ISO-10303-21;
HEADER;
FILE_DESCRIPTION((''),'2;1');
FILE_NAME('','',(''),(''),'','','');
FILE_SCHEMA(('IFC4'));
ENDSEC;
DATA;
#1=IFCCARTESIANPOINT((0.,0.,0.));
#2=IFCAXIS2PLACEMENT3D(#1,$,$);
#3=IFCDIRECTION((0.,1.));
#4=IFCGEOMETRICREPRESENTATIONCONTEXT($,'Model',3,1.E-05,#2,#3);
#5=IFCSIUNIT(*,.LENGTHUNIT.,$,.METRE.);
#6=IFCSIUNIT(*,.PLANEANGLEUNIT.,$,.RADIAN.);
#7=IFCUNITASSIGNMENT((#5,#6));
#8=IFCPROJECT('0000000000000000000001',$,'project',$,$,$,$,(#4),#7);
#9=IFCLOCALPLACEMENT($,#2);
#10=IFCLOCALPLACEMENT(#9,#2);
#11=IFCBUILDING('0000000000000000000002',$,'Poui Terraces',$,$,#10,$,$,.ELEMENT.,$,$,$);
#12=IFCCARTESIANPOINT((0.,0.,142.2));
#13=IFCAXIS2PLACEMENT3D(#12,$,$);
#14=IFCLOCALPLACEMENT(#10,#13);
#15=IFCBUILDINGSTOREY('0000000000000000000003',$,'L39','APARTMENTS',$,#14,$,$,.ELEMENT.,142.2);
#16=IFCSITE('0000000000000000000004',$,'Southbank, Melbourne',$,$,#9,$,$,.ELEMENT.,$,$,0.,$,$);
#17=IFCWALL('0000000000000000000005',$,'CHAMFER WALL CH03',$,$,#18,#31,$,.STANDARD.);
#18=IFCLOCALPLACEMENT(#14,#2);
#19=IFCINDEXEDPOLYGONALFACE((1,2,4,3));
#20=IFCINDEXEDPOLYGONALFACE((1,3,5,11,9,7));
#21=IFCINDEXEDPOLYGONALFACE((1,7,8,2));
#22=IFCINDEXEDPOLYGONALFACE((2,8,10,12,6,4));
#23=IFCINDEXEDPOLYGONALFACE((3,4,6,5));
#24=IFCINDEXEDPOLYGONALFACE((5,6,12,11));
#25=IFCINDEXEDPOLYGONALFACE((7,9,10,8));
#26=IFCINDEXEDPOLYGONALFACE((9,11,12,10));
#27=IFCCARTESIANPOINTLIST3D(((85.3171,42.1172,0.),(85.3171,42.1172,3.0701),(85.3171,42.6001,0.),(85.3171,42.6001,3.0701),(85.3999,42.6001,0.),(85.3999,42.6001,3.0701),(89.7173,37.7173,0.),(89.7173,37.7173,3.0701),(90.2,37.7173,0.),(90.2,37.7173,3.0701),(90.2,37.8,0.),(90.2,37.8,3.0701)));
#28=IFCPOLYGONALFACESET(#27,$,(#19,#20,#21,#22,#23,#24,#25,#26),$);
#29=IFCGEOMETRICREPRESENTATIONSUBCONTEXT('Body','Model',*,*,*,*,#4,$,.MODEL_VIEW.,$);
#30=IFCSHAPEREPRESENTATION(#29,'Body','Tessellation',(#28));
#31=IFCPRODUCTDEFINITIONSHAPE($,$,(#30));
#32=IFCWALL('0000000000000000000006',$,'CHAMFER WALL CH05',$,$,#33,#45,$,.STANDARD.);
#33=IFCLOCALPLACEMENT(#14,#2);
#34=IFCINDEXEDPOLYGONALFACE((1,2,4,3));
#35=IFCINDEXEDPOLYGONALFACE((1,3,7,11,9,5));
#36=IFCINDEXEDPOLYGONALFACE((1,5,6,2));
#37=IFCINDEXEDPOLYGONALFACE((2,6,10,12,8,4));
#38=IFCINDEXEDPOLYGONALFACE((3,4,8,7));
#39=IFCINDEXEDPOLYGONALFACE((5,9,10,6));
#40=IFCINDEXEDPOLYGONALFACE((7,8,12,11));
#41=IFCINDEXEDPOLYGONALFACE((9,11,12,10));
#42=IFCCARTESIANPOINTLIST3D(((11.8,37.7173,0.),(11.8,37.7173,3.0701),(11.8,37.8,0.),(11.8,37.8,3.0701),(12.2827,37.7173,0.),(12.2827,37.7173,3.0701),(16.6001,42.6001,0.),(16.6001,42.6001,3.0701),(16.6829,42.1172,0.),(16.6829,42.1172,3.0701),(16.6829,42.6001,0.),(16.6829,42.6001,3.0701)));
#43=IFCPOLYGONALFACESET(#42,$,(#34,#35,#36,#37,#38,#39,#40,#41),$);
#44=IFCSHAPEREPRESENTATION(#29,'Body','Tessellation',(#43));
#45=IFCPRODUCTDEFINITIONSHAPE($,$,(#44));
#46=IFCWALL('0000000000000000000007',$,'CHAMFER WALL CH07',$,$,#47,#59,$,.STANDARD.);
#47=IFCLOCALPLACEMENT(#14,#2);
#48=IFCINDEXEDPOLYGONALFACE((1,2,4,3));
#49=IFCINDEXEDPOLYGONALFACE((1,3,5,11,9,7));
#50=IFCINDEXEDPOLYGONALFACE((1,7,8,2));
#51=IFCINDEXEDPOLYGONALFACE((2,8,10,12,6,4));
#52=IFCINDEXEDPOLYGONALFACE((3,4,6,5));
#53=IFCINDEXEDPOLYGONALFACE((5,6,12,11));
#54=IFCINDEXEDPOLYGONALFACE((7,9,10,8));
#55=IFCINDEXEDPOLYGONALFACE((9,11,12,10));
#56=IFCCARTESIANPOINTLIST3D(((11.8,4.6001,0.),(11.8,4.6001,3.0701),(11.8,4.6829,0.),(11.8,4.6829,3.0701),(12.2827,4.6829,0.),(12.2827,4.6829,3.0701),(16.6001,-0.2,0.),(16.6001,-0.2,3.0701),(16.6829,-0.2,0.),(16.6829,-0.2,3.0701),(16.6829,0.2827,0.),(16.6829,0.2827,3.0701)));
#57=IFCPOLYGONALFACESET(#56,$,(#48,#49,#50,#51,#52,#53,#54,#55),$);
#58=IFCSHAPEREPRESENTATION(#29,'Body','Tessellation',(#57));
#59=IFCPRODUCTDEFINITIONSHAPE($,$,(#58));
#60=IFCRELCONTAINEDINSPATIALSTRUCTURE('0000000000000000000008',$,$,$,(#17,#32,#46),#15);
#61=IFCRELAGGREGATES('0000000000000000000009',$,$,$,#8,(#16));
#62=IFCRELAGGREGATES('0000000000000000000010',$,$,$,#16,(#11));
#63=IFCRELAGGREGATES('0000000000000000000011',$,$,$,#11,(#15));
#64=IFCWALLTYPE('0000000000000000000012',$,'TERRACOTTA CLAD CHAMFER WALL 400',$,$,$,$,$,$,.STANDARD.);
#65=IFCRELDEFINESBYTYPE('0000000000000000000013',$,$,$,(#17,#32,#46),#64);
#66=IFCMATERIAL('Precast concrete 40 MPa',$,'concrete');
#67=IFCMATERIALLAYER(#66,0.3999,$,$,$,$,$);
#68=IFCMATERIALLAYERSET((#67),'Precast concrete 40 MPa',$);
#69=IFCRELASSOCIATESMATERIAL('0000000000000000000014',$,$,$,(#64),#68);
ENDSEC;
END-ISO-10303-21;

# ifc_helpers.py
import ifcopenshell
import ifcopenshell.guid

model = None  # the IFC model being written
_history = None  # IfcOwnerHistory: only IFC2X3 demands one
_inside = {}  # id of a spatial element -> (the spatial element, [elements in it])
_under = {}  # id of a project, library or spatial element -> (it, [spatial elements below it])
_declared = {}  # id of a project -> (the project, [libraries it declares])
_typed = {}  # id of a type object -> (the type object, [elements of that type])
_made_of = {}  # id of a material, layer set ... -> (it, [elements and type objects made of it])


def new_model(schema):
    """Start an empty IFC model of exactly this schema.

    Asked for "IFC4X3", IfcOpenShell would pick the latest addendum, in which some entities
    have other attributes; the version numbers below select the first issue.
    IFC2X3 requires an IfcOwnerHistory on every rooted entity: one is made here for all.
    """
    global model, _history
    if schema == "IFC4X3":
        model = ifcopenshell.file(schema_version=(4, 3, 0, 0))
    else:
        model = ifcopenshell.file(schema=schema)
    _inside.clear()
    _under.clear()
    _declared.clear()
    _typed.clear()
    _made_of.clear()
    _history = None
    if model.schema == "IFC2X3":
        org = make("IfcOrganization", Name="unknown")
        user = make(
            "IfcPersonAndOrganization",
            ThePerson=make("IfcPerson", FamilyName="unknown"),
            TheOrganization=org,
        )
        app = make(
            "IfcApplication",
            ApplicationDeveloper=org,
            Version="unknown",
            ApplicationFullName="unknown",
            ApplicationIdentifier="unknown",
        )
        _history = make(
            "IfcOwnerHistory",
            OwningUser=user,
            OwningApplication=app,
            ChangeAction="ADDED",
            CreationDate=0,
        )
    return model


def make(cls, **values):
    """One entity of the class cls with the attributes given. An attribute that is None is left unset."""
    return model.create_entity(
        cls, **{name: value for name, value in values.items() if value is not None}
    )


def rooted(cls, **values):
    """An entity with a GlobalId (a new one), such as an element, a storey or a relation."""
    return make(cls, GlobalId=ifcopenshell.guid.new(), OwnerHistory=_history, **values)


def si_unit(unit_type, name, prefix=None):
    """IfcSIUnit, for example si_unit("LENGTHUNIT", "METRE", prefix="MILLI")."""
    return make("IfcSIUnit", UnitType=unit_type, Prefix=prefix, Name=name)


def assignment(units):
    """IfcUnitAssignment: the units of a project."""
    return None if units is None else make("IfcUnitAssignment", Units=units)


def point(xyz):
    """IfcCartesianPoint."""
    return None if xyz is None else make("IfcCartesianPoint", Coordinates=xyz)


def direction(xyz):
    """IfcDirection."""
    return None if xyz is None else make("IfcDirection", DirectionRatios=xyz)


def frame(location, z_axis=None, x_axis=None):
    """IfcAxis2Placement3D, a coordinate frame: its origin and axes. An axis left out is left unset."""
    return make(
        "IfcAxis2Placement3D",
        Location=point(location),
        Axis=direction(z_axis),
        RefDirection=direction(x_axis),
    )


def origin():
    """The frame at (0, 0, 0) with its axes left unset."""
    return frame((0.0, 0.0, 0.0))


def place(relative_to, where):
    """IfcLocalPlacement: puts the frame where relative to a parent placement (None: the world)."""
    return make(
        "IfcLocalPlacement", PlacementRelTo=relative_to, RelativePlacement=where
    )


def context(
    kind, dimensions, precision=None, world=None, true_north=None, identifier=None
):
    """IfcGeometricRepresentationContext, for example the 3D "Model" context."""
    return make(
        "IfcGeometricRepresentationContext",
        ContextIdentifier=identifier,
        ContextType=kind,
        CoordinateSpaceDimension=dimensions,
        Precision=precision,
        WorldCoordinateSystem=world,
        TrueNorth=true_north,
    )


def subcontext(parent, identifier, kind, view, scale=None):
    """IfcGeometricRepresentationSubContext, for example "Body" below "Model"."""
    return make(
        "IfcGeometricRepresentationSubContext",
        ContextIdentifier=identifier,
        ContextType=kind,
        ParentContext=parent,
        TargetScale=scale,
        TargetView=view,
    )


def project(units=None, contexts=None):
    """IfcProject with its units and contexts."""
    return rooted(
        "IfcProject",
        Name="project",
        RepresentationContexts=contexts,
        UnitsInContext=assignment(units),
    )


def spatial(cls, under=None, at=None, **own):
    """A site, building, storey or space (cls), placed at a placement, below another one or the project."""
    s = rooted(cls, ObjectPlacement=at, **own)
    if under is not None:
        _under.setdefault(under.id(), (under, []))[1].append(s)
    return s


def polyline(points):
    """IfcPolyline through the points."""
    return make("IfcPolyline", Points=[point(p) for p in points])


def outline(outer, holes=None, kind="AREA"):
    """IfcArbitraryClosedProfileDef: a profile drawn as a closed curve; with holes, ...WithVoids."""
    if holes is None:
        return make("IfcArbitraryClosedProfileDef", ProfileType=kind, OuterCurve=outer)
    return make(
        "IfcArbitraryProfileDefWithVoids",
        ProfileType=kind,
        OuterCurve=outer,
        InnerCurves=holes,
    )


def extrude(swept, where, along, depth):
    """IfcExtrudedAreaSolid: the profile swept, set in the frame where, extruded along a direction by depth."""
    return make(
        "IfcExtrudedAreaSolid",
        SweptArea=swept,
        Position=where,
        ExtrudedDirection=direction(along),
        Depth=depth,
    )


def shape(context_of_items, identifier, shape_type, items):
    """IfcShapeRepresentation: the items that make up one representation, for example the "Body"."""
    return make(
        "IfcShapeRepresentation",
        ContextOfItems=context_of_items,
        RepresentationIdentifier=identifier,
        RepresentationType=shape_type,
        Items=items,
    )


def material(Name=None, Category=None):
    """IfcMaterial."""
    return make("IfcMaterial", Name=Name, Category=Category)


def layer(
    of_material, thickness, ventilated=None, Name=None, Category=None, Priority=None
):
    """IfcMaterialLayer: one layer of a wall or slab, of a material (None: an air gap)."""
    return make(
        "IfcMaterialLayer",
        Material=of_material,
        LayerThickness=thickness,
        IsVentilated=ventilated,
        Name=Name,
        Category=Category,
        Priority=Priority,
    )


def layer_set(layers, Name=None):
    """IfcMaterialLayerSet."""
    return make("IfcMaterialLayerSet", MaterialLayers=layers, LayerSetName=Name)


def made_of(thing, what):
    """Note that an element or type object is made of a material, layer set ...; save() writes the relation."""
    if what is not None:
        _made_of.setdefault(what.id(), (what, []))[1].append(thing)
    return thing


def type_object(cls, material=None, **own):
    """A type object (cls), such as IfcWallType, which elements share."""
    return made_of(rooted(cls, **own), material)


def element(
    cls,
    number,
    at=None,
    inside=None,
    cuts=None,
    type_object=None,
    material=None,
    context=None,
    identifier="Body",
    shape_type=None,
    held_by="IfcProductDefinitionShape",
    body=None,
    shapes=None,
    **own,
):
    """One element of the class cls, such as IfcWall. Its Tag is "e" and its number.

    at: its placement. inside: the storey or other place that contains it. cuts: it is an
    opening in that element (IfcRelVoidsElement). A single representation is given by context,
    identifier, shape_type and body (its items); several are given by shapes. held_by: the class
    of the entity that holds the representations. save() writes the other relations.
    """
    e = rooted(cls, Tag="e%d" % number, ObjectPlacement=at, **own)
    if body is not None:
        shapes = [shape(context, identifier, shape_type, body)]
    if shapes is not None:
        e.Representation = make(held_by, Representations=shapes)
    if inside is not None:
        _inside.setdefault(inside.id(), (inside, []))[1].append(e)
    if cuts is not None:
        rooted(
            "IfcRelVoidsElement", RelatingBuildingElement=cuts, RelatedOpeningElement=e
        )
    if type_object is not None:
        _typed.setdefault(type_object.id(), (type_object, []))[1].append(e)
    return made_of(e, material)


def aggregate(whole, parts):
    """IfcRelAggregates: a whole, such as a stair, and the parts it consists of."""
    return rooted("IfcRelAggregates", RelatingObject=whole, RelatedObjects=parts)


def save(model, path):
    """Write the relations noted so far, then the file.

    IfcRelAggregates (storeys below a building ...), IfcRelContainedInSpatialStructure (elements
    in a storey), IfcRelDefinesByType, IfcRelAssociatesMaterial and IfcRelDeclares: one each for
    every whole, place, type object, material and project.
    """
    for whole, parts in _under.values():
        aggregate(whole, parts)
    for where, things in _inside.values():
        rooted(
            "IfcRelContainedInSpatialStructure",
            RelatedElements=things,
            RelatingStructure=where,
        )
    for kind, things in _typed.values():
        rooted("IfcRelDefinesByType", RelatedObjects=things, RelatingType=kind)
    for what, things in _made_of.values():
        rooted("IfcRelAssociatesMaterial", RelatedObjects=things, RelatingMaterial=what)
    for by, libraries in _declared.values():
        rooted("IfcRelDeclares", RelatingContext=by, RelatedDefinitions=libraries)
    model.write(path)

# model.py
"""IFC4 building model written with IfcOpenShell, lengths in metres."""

from ifc_helpers import new_model, si_unit, direction, frame, origin, place, context, subcontext, project, spatial, polyline, outline, extrude, material, layer, layer_set, type_object, element, save


model = new_model("IFC4")

# Units and contexts
model_context = context("Model", 3, precision=1e-05, world=origin(), true_north=direction((0.0, 1.0)))
body_context = subcontext(model_context, "Body", "Model", "MODEL_VIEW")
ifc_project = project(units=[si_unit("LENGTHUNIT", "METRE"), si_unit("PLANEANGLEUNIT", "RADIAN")], contexts=[model_context])

# Site, building, storey
site_placement = place(None, origin())
site = spatial("IfcSite", under=ifc_project, at=site_placement, Name="Southbank, Melbourne", CompositionType="ELEMENT", RefElevation=0.0)
building_placement = place(site_placement, origin())
building = spatial("IfcBuilding", under=site, at=building_placement, Name="Poui Terraces", CompositionType="ELEMENT")
storey_placement = place(building_placement, frame((0.0, 0.0, 142.2)))
storey = spatial("IfcBuildingStorey", under=building, at=storey_placement, Name="L39", Description="APARTMENTS", CompositionType="ELEMENT", Elevation=142.2)

# Shared definitions
ifc_material_1 = material(Name="Precast concrete 40 MPa", Category="concrete")

# Walls
ifc_layer_1 = layer(ifc_material_1, 0.3999)
ifc_layer_set_1 = layer_set([ifc_layer_1], Name="Precast concrete 40 MPa")
wall_type = type_object("IfcWallType", Name="TERRACOTTA CLAD CHAMFER WALL 400", PredefinedType="STANDARD", material=ifc_layer_set_1)
wall_1_placement = place(storey_placement, origin())
element("IfcWall", 1, at=wall_1_placement, inside=storey, type_object=wall_type, Name="CHAMFER WALL CH03", PredefinedType="STANDARD", context=body_context, shape_type="SweptSolid", body=[
    extrude(outline(polyline([(90.2, 37.7173), (90.2, 37.8), (85.3999, 42.6001), (85.3171, 42.6001), (85.3171, 42.1172), (89.7173, 37.7173), (90.2, 37.7173)])), origin(), (0.0, 0.0, 1.0), 3.0701),
])
wall_2_placement = place(storey_placement, origin())
element("IfcWall", 2, at=wall_2_placement, inside=storey, type_object=wall_type, Name="CHAMFER WALL CH05", PredefinedType="STANDARD", context=body_context, shape_type="SweptSolid", body=[
    extrude(outline(polyline([(16.6829, 42.6001), (16.6001, 42.6001), (11.8, 37.8), (11.8, 37.7173), (12.2827, 37.7173), (16.6829, 42.1172), (16.6829, 42.6001)])), origin(), (0.0, 0.0, 1.0), 3.0701),
])
wall_3_placement = place(storey_placement, origin())
element("IfcWall", 3, at=wall_3_placement, inside=storey, type_object=wall_type, Name="CHAMFER WALL CH07", PredefinedType="STANDARD", context=body_context, shape_type="SweptSolid", body=[
    extrude(outline(polyline([(11.8, 4.6829), (11.8, 4.6001), (16.6001, -0.2), (16.6829, -0.2), (16.6829, 0.2827), (12.2827, 4.6829), (11.8, 4.6829)])), origin(), (0.0, 0.0, 1.0), 3.0701),
])

save(model, "model.ifc")
